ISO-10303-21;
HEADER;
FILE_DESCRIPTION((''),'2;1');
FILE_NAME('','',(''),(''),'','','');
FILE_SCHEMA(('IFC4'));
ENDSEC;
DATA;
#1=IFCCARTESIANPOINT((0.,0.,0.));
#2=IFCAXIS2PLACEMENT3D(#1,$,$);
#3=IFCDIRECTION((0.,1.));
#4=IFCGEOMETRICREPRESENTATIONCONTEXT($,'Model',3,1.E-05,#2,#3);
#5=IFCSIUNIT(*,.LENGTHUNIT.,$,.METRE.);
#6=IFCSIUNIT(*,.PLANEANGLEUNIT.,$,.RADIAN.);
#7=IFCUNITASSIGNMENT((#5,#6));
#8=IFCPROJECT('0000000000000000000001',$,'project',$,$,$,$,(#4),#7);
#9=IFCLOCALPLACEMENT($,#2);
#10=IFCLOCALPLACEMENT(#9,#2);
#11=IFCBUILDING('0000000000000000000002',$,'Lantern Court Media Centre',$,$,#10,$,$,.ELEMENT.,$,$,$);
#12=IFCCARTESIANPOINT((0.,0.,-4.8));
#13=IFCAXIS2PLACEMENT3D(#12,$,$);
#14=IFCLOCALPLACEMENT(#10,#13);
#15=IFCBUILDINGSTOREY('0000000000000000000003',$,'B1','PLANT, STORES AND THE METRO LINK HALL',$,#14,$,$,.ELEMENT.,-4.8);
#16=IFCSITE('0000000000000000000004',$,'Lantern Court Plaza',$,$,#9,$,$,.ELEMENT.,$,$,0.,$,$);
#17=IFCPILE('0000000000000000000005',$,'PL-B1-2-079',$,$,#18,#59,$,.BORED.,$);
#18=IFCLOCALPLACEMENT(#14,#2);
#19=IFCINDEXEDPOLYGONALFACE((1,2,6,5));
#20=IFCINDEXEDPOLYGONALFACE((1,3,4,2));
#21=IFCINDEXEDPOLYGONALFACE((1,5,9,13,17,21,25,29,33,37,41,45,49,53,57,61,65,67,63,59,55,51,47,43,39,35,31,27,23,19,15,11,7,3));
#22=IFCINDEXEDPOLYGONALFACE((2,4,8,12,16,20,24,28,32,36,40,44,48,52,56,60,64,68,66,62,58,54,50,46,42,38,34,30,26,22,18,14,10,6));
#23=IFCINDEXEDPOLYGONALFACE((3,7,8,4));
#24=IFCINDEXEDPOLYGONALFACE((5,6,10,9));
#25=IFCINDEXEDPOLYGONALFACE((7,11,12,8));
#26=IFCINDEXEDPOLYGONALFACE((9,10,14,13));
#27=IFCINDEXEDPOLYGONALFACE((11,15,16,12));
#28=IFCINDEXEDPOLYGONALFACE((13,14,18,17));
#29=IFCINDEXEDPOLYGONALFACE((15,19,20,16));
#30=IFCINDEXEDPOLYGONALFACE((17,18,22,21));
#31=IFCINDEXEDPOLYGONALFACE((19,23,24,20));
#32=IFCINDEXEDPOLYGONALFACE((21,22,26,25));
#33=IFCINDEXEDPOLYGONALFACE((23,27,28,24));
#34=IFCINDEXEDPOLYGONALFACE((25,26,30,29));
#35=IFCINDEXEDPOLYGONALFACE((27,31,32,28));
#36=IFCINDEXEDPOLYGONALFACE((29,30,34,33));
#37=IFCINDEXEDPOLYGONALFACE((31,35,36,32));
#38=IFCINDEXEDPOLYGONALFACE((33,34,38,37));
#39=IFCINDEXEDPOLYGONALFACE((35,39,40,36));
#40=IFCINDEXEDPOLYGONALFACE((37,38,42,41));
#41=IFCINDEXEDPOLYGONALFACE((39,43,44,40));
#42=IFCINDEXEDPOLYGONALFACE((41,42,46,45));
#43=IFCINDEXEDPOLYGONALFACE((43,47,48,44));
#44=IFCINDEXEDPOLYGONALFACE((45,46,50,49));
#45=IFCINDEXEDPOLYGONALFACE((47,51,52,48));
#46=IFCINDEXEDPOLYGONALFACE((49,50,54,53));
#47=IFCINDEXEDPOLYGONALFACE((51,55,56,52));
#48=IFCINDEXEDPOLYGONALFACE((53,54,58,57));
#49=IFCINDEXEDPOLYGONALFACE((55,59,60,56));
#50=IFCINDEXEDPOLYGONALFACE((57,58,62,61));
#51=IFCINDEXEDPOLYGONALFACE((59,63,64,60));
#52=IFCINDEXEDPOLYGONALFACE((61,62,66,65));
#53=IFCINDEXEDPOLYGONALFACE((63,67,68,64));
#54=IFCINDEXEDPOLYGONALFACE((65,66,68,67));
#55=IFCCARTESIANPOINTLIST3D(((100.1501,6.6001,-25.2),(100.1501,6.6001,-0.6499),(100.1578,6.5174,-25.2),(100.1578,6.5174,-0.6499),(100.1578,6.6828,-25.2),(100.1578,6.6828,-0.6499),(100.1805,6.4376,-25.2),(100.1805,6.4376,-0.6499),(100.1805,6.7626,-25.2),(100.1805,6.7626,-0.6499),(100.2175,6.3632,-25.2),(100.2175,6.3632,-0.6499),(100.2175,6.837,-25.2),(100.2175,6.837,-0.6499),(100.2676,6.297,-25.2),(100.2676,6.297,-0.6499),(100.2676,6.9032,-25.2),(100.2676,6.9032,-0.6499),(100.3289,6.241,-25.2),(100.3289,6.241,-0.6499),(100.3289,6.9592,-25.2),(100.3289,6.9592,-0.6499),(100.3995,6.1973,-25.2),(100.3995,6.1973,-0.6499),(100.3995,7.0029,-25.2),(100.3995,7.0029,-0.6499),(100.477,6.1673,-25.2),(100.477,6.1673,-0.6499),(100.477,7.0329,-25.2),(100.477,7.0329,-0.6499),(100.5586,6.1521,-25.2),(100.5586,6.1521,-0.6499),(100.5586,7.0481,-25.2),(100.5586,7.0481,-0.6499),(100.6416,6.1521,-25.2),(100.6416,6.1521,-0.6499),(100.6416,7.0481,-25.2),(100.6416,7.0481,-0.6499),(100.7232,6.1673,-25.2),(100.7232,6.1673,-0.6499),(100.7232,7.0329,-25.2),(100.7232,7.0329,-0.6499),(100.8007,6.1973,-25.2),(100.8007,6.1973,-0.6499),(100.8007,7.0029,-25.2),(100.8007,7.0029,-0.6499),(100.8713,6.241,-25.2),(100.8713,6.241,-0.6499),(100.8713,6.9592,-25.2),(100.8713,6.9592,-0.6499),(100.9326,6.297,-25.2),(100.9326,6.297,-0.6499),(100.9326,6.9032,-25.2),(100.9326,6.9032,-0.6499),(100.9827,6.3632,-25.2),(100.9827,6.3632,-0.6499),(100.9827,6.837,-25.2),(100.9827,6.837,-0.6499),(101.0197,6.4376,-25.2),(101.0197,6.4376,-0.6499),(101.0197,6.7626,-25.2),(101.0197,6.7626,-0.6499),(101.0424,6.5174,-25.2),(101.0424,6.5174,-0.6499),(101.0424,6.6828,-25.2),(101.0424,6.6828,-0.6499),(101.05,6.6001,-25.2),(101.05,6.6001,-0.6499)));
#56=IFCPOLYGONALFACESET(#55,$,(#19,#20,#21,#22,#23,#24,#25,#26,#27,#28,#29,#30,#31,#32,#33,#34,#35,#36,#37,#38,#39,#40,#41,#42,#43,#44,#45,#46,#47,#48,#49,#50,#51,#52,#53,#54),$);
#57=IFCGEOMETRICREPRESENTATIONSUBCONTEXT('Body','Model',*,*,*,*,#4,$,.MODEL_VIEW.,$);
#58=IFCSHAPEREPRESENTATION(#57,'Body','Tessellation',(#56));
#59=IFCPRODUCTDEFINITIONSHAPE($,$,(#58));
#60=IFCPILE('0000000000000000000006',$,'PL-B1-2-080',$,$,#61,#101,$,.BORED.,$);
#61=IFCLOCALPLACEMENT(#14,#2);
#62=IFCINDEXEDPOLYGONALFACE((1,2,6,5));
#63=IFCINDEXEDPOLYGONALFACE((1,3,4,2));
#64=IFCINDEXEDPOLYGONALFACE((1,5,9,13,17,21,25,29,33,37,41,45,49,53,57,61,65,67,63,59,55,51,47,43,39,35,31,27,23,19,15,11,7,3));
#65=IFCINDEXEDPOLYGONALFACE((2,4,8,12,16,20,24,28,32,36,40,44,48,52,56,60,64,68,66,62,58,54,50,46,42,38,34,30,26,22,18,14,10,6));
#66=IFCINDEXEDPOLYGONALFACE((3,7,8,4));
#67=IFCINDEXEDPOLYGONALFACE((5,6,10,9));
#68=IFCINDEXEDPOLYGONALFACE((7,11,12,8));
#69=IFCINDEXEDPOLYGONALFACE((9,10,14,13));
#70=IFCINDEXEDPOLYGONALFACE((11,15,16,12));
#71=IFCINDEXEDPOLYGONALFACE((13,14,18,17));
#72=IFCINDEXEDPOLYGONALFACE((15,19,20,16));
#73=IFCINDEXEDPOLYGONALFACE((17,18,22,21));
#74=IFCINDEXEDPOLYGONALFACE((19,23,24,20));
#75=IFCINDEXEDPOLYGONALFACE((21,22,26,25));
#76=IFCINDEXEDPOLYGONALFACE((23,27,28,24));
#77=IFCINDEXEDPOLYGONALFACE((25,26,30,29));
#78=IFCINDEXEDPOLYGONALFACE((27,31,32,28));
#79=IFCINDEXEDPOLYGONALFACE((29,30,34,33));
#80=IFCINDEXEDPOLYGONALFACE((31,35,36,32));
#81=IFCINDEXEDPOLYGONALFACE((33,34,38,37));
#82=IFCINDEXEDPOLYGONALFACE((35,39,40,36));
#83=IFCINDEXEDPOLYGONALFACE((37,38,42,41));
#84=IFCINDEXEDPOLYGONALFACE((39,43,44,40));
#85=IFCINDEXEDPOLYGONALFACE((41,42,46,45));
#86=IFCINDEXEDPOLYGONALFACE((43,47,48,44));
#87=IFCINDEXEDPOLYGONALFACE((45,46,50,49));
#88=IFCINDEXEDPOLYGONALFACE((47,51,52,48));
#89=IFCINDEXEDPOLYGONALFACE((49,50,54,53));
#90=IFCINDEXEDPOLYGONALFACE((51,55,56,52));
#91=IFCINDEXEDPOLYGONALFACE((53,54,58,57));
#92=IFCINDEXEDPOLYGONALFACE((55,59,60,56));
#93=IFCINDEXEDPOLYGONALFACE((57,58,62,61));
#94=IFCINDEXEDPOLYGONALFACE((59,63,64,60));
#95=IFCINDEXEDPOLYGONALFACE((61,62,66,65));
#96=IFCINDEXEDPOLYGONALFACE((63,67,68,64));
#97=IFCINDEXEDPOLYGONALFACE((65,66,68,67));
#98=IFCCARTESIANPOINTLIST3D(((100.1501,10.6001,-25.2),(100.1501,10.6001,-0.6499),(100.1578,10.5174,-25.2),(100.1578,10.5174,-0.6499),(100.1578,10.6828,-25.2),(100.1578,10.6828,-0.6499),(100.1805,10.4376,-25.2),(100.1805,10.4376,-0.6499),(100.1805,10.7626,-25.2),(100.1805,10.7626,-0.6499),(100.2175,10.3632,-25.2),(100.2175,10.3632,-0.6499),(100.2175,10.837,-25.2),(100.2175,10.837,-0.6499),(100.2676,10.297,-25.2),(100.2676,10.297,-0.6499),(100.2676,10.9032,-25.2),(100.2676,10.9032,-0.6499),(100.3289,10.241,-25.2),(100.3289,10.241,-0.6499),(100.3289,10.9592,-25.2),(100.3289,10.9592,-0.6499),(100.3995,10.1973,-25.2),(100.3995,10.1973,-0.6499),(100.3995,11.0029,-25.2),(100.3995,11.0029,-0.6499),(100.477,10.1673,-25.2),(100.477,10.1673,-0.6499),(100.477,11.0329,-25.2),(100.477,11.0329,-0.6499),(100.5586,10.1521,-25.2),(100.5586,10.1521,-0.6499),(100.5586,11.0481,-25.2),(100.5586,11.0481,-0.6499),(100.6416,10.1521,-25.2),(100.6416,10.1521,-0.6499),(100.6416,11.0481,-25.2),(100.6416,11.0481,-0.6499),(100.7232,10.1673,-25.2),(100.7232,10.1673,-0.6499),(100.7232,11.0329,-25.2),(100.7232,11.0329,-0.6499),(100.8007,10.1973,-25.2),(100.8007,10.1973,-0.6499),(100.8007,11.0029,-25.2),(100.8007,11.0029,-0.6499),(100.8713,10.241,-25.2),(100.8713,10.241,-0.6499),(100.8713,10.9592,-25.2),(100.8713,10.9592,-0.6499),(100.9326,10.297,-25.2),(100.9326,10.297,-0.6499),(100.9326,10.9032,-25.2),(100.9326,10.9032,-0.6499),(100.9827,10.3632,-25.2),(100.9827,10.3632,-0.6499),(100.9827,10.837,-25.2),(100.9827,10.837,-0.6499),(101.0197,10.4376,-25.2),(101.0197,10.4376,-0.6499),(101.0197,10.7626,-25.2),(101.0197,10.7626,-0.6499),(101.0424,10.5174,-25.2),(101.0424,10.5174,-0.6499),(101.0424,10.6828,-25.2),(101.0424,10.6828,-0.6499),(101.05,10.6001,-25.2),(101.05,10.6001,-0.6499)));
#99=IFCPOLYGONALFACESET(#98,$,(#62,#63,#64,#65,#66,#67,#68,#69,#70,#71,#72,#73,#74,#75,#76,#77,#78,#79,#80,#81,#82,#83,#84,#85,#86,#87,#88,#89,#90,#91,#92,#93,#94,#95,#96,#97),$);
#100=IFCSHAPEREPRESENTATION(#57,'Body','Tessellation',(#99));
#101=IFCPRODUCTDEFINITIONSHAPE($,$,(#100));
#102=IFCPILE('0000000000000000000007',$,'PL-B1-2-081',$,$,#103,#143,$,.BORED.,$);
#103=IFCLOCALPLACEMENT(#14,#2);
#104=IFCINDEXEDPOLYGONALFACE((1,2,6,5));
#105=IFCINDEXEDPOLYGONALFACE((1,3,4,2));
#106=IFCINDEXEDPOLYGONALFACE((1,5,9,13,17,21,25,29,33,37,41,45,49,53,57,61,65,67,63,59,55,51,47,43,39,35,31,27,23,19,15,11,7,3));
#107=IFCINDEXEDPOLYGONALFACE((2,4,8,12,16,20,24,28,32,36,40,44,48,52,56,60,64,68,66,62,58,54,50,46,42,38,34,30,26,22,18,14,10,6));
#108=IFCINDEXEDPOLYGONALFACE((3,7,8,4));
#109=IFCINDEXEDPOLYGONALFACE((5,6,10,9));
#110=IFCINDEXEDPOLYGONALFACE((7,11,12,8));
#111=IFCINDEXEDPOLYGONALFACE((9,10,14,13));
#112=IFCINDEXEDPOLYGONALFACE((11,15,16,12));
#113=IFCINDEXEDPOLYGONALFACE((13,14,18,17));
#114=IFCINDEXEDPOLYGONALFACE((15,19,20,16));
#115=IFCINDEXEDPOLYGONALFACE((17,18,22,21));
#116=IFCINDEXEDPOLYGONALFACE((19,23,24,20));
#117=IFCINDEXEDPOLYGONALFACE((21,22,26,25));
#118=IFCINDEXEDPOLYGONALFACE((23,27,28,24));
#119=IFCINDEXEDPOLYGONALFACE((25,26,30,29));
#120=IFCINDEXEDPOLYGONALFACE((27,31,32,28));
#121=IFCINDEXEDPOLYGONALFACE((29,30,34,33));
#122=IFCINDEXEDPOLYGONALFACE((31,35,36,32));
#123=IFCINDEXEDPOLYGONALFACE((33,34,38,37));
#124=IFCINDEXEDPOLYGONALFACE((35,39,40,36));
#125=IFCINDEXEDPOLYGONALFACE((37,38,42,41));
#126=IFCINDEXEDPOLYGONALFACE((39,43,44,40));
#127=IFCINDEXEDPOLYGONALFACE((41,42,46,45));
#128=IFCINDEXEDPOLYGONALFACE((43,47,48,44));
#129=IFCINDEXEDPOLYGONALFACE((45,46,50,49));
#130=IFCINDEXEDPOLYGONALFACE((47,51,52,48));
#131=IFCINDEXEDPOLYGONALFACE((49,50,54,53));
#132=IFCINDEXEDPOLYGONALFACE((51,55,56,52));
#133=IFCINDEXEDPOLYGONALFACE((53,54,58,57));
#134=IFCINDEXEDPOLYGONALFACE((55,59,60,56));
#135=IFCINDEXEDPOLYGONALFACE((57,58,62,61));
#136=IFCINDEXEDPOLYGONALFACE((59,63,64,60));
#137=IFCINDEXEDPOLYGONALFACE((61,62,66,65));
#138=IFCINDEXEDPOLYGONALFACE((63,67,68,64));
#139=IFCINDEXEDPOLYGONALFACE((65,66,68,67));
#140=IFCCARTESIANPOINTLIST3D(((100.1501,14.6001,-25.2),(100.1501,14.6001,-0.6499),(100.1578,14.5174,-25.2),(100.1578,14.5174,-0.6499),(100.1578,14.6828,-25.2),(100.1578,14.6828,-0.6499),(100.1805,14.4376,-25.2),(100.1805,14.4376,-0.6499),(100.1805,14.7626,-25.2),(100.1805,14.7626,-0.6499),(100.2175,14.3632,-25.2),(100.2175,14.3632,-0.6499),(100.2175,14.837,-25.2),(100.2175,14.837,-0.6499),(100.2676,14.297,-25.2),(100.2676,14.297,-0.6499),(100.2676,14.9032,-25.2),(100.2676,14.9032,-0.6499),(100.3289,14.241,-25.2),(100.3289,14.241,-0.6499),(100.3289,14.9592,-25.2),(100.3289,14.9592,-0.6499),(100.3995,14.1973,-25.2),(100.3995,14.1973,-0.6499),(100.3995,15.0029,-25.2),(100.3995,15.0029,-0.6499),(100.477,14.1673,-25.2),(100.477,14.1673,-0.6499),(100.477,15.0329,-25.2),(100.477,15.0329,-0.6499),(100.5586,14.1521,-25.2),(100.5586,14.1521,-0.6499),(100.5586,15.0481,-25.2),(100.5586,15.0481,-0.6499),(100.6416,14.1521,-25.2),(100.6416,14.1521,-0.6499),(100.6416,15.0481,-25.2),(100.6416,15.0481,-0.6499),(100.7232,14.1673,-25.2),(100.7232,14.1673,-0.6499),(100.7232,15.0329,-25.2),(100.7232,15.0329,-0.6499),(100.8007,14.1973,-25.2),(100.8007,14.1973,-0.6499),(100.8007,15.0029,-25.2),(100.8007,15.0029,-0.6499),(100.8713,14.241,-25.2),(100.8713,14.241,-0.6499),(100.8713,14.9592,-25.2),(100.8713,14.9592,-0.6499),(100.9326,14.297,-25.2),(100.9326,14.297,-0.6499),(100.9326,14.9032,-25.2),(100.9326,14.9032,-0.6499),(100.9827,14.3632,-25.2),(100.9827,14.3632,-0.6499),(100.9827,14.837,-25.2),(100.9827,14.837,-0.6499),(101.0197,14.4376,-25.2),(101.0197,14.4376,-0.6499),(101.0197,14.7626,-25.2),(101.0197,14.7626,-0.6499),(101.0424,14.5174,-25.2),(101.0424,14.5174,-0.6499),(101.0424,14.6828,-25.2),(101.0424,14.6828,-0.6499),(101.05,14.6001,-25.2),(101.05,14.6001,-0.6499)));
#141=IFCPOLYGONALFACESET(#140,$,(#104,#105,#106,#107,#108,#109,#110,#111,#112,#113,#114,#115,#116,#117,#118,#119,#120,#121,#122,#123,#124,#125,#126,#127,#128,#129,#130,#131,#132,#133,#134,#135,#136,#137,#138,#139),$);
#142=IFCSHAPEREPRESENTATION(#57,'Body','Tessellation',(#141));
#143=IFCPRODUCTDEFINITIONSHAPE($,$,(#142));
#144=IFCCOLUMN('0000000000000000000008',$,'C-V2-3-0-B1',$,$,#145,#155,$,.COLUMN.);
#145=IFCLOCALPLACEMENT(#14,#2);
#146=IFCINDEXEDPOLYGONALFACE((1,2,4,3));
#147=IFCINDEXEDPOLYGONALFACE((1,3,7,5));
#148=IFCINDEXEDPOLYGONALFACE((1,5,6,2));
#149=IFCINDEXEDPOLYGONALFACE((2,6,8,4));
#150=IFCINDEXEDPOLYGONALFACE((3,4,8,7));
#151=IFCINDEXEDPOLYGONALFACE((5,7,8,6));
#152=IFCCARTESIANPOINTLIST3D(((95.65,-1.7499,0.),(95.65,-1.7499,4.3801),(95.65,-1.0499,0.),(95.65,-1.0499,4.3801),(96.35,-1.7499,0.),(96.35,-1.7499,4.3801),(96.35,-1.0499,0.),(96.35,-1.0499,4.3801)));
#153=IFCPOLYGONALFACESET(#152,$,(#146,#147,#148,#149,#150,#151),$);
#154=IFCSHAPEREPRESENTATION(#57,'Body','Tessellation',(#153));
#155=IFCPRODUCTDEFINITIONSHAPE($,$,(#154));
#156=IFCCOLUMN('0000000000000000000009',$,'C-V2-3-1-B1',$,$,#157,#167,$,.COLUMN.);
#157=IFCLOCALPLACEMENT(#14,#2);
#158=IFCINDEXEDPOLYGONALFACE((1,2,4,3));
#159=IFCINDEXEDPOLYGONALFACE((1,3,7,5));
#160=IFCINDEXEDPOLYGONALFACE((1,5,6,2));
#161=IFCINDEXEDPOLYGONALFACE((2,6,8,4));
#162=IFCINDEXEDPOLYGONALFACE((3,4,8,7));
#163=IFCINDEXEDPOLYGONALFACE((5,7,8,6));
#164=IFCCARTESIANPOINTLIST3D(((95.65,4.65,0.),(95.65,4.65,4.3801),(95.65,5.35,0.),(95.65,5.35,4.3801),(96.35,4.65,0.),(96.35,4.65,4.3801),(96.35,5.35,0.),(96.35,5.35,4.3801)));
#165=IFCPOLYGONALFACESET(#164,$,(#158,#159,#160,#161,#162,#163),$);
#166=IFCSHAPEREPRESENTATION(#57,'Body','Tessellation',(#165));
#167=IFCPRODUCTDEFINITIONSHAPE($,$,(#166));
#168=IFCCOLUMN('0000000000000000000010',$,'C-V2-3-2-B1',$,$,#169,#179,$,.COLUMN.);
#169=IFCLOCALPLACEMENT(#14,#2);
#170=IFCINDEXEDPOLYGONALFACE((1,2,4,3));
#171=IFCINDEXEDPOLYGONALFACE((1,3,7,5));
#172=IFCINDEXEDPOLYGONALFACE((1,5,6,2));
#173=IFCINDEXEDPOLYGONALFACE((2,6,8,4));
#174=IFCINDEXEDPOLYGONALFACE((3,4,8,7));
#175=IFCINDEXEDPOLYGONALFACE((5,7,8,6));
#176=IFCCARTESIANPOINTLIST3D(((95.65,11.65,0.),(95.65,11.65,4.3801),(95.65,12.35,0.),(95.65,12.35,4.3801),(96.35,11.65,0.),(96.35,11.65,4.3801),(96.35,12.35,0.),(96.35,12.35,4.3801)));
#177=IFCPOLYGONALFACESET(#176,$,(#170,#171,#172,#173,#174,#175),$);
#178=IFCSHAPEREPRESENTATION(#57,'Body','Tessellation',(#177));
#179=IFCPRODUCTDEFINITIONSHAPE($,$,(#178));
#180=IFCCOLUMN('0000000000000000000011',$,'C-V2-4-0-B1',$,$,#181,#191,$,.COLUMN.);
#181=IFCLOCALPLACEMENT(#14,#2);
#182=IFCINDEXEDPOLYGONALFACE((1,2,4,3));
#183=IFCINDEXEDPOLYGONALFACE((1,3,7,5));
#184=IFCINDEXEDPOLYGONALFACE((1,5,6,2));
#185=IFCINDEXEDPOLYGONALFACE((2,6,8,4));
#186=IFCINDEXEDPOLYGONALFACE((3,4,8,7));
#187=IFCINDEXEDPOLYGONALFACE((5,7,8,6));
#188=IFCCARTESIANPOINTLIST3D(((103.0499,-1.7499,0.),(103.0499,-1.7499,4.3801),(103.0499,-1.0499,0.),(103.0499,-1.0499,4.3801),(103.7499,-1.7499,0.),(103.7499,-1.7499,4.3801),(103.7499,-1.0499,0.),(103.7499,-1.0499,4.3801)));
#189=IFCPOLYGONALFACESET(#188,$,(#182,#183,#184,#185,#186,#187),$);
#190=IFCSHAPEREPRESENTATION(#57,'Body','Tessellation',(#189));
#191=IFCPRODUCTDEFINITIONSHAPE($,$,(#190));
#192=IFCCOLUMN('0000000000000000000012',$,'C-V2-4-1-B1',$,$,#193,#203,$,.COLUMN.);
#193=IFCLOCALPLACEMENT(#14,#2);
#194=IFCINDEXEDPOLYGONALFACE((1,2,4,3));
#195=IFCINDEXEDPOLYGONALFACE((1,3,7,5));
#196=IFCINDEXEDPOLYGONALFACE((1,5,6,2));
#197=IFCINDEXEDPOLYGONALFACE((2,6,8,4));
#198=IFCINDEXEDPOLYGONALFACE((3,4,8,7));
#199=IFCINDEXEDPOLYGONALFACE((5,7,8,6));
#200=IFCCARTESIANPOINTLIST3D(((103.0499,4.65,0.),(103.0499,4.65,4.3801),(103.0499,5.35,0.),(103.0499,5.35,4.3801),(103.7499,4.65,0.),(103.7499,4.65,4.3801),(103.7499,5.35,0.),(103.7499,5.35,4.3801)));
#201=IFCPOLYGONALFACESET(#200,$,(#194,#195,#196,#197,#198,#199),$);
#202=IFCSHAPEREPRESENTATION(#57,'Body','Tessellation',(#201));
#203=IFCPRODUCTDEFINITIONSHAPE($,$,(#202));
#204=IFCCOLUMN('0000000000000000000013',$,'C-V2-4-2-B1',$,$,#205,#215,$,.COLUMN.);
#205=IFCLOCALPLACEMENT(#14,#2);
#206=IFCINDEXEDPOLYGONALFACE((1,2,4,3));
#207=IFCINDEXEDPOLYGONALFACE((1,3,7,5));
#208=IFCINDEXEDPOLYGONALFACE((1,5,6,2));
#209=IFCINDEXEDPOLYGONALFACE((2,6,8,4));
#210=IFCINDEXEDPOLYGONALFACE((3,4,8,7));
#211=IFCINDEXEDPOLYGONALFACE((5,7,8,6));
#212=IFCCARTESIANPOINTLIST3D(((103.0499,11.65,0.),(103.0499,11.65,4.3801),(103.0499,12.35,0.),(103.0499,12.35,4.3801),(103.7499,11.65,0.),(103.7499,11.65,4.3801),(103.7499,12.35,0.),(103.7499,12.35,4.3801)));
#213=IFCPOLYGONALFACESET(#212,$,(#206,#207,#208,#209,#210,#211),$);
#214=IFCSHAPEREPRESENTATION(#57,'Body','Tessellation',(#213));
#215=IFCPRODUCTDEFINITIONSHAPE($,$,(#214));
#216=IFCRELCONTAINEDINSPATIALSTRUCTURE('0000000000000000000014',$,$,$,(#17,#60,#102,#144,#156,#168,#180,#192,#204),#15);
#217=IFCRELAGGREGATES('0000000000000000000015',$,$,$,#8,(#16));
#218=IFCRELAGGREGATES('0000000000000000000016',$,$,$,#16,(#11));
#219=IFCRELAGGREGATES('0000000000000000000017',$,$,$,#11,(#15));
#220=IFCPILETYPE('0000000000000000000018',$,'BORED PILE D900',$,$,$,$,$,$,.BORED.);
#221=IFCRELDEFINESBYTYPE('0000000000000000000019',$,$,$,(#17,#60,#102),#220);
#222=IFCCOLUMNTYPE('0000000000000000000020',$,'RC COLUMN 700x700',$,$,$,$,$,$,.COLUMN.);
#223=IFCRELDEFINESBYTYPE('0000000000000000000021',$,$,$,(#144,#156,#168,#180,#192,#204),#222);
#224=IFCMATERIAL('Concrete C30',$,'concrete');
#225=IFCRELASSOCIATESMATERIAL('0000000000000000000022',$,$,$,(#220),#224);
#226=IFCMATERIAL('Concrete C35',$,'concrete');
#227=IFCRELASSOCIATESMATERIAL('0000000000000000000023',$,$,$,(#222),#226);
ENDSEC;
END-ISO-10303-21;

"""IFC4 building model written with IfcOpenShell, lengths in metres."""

from ifc_helpers import new_model, si_unit, direction, frame, origin, origin_2d, place, context, subcontext, project, spatial, rectangle, circle, extrude, material, material_profile, profile_set, type_object, element, save


model = new_model("IFC4")

# Units and contexts
model_context = context("Model", 3, precision=1e-05, world=origin(), true_north=direction((0.0, 1.0)))
body_context = subcontext(model_context, "Body", "Model", "MODEL_VIEW")
ifc_project = project(units=[si_unit("LENGTHUNIT", "METRE"), si_unit("PLANEANGLEUNIT", "RADIAN")], contexts=[model_context])

# Site, building, storey
site_placement = place(None, origin())
site = spatial("IfcSite", under=ifc_project, at=site_placement, Name="Lantern Court Plaza", CompositionType="ELEMENT", RefElevation=0.0)
building_placement = place(site_placement, origin())
building = spatial("IfcBuilding", under=site, at=building_placement, Name="Lantern Court Media Centre", CompositionType="ELEMENT")
storey_placement = place(building_placement, frame((0.0, 0.0, -4.8)))
storey = spatial("IfcBuildingStorey", under=building, at=storey_placement, Name="B1", Description="PLANT, STORES AND THE METRO LINK HALL", CompositionType="ELEMENT", Elevation=-4.8)

# Piles
ifc_material_1 = material(Name="Concrete C30", Category="concrete")
ifc_material_profile_1 = material_profile(ifc_material_1, circle(Radius=0.45, at=origin_2d()), Name="D900")
ifc_profile_set_1 = profile_set([ifc_material_profile_1], Name="Concrete C30")
pile_type = type_object("IfcPileType", Name="BORED PILE D900", PredefinedType="BORED", material=ifc_profile_set_1)
for number, where, z_axis, x_axis, name in (
    (1, (100.6001, 6.6001, -0.6499), (0.0, 0.0, -1.0), (1.0, 0.0, 0.0), "PL-B1-2-079"),
    (2, (100.6001, 10.6001, -0.6499), (0.0, 0.0, -1.0), (1.0, 0.0, 0.0), "PL-B1-2-080"),
    (3, (100.6001, 14.6001, -0.6499), (0.0, 0.0, -1.0), (1.0, 0.0, 0.0), "PL-B1-2-081"),
):
    element("IfcPile", number, at=place(storey_placement, frame(where, z_axis=z_axis, x_axis=x_axis)), inside=storey, type_object=pile_type, Name=name, PredefinedType="BORED", context=body_context, shape_type="SweptSolid", body=[
        extrude(circle(Radius=0.45, at=origin_2d()), origin(), (0.0, 0.0, 1.0), 24.55),
    ])

# Columns
ifc_material_2 = material(Name="Concrete C35", Category="concrete")
ifc_material_profile_2 = material_profile(ifc_material_2, rectangle(XDim=0.7, YDim=0.7, at=origin_2d()), Name="RC 700x700")
ifc_profile_set_2 = profile_set([ifc_material_profile_2], Name="Concrete C35")
column_type = type_object("IfcColumnType", Name="RC COLUMN 700x700", PredefinedType="COLUMN", material=ifc_profile_set_2)
for number, where, z_axis, x_axis, name in (
    (4, (96.0, -1.3999, 0.0), (0.0, 0.0, 1.0), (1.0, 0.0, 0.0), "C-V2-3-0-B1"),
    (5, (96.0, 5.0, 0.0), (0.0, 0.0, 1.0), (1.0, 0.0, 0.0), "C-V2-3-1-B1"),
    (6, (96.0, 12.0, 0.0), (0.0, 0.0, 1.0), (1.0, 0.0, 0.0), "C-V2-3-2-B1"),
    (7, (103.3999, -1.3999, 0.0), (0.0, 0.0, 1.0), (1.0, 0.0, 0.0), "C-V2-4-0-B1"),
    (8, (103.3999, 5.0, 0.0), (0.0, 0.0, 1.0), (1.0, 0.0, 0.0), "C-V2-4-1-B1"),
    (9, (103.3999, 12.0, 0.0), (0.0, 0.0, 1.0), (1.0, 0.0, 0.0), "C-V2-4-2-B1"),
):
    element("IfcColumn", number, at=place(storey_placement, frame(where, z_axis=z_axis, x_axis=x_axis)), inside=storey, type_object=column_type, Name=name, PredefinedType="COLUMN", context=body_context, shape_type="SweptSolid", body=[
        extrude(rectangle(XDim=0.7, YDim=0.7, at=origin_2d()), origin(), (0.0, 0.0, 1.0), 4.3801),
    ])

save(model, "model.ifc")
